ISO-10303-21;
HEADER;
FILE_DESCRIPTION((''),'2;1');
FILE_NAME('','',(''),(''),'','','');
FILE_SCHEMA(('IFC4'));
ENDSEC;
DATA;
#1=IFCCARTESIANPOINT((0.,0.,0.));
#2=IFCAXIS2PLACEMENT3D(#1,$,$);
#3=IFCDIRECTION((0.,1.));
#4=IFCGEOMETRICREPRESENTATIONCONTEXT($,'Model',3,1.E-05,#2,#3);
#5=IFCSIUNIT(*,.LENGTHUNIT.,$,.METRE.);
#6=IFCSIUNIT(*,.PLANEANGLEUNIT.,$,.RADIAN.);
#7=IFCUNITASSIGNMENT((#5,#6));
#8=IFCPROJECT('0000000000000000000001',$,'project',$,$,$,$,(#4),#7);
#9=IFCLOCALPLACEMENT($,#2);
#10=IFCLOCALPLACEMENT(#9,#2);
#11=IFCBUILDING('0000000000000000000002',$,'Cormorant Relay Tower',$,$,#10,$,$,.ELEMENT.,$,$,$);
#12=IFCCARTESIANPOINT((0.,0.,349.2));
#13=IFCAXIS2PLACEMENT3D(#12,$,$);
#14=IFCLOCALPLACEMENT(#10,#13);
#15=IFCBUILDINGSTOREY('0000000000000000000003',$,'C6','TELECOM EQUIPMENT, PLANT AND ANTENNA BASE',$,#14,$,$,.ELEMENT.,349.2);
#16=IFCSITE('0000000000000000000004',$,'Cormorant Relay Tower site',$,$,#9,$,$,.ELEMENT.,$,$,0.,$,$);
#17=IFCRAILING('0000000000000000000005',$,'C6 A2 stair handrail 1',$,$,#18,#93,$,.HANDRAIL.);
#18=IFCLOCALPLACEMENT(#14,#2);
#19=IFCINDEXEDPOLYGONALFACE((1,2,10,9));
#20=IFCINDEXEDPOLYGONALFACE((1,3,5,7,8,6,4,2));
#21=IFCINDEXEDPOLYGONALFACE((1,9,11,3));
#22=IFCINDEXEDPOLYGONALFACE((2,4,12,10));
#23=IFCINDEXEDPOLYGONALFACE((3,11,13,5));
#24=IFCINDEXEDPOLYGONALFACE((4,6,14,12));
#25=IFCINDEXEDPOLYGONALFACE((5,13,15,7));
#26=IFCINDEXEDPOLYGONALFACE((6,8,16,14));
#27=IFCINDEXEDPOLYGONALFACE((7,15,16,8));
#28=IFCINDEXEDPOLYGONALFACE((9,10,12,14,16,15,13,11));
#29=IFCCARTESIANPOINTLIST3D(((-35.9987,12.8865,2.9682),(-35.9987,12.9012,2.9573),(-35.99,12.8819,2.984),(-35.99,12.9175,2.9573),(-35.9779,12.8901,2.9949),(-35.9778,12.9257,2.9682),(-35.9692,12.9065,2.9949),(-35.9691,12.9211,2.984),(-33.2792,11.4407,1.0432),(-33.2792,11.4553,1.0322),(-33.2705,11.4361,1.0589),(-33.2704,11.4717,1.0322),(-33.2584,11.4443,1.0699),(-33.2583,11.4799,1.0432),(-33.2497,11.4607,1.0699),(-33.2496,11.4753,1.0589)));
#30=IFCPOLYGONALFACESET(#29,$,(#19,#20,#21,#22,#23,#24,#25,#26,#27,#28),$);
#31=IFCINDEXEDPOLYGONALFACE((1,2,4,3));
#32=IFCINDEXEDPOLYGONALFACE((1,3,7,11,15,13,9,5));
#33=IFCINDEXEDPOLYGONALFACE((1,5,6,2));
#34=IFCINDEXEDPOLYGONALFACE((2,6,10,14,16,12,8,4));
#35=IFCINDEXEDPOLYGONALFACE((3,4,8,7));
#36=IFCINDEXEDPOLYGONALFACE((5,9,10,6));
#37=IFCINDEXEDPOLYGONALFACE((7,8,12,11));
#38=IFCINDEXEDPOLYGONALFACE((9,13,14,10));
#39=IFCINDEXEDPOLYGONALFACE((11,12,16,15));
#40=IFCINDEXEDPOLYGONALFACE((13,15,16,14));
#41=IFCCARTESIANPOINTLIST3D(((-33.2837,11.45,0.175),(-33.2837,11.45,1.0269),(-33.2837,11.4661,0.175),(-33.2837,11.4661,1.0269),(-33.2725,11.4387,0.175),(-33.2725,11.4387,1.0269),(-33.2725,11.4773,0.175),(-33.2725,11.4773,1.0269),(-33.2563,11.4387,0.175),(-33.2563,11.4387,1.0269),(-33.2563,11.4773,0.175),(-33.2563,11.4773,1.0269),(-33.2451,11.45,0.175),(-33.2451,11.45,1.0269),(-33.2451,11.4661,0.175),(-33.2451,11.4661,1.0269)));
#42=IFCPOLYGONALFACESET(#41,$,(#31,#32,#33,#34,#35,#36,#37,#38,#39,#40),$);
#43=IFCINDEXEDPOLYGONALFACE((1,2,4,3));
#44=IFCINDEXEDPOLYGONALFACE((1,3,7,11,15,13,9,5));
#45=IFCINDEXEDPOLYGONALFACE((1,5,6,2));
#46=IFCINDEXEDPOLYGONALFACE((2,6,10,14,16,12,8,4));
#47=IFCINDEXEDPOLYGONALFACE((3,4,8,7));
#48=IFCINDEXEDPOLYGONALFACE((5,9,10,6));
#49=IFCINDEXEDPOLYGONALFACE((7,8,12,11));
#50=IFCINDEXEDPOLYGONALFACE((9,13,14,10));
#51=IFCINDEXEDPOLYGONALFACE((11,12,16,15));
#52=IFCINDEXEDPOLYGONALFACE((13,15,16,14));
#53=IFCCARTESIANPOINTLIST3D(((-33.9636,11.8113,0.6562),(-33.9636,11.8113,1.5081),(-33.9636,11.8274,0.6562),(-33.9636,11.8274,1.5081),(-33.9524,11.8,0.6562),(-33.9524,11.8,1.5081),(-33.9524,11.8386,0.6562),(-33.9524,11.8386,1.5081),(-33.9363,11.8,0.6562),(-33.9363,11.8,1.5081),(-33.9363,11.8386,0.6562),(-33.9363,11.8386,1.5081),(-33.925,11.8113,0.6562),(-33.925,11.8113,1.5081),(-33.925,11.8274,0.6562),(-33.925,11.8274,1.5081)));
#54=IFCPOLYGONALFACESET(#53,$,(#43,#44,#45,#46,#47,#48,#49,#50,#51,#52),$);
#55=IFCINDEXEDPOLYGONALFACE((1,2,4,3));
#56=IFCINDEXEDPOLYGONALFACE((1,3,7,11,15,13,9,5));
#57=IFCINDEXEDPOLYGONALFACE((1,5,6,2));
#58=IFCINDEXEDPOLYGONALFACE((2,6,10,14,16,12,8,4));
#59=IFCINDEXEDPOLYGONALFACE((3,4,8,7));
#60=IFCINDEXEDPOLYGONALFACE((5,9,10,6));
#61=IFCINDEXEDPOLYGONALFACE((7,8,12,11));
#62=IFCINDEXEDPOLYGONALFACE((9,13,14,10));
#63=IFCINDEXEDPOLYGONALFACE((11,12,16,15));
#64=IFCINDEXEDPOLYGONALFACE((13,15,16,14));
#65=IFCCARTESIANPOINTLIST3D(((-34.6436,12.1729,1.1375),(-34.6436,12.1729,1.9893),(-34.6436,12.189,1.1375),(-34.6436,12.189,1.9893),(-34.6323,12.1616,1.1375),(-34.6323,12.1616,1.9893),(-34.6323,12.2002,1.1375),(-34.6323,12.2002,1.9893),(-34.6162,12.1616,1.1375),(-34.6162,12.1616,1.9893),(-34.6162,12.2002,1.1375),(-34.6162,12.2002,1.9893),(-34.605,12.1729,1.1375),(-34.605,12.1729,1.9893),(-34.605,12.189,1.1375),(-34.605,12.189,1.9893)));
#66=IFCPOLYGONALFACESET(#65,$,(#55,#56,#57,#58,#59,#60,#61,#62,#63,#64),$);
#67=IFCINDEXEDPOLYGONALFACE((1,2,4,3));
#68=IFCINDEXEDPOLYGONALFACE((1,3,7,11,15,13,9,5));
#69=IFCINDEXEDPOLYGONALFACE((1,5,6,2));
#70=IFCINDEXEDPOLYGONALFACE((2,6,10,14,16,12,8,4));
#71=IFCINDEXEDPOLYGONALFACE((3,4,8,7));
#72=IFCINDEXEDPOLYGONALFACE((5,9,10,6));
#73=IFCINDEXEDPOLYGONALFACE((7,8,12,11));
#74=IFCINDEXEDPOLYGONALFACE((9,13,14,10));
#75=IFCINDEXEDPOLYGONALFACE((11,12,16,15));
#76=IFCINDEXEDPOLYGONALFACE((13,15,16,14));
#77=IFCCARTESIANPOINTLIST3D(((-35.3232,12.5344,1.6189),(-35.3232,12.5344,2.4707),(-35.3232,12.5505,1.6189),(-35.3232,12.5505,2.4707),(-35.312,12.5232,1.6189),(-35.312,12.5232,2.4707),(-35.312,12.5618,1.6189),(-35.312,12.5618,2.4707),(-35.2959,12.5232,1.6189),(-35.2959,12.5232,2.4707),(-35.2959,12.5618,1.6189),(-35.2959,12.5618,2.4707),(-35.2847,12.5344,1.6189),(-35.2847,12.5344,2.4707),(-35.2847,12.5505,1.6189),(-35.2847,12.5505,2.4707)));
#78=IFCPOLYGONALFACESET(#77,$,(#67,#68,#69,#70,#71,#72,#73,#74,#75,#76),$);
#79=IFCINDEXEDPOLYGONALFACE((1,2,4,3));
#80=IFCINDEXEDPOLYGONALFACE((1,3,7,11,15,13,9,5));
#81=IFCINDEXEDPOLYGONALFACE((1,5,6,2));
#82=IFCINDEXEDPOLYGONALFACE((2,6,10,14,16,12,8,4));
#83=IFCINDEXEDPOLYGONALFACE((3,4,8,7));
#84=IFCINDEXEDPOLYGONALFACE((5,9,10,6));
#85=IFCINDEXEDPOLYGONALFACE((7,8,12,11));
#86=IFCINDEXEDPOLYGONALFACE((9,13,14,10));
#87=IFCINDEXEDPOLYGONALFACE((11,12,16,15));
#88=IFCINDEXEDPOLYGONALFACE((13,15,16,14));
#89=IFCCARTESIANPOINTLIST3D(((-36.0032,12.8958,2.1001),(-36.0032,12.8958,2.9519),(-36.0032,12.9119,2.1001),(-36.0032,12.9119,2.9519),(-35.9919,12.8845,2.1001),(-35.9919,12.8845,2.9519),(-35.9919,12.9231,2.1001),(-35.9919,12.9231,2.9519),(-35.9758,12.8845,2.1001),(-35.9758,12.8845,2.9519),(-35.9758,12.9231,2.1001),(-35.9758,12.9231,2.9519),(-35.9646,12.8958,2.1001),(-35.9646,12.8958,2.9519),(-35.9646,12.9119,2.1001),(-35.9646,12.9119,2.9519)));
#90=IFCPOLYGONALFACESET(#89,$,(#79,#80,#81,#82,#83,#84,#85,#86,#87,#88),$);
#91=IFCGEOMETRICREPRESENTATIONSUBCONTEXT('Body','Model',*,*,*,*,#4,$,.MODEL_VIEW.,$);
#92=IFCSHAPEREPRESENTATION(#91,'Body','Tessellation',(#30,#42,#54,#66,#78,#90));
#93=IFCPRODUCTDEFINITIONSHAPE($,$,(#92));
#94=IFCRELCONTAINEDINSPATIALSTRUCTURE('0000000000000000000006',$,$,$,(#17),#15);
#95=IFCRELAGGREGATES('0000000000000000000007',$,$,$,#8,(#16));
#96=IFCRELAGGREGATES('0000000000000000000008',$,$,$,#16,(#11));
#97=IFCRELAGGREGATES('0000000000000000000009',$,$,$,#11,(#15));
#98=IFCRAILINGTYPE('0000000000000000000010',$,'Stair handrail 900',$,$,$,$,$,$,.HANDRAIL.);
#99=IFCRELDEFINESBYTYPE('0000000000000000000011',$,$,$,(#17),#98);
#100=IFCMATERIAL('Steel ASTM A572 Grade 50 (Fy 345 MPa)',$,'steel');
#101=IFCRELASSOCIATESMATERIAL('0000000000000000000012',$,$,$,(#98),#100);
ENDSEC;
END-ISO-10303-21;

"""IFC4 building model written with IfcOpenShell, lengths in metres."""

from ifc_helpers import new_model, si_unit, direction, frame, origin, place, context, subcontext, project, spatial, polyline, outline, extrude, material, type_object, element, save


model = new_model("IFC4")

# Units and contexts
model_context = context("Model", 3, precision=1e-05, world=origin(), true_north=direction((0.0, 1.0)))
body_context = subcontext(model_context, "Body", "Model", "MODEL_VIEW")
ifc_project = project(units=[si_unit("LENGTHUNIT", "METRE"), si_unit("PLANEANGLEUNIT", "RADIAN")], contexts=[model_context])

# Site, building, storey
site_placement = place(None, origin())
site = spatial("IfcSite", under=ifc_project, at=site_placement, Name="Cormorant Relay Tower site", CompositionType="ELEMENT", RefElevation=0.0)
building_placement = place(site_placement, origin())
building = spatial("IfcBuilding", under=site, at=building_placement, Name="Cormorant Relay Tower", CompositionType="ELEMENT")
storey_placement = place(building_placement, frame((0.0, 0.0, 349.2)))
storey = spatial("IfcBuildingStorey", under=building, at=storey_placement, Name="C6", Description="TELECOM EQUIPMENT, PLANT AND ANTENNA BASE", CompositionType="ELEMENT", Elevation=349.2)

# Railing
ifc_material_1 = material(Name="Steel ASTM A572 Grade 50 (Fy 345 MPa)", Category="steel")
railing_type_1 = type_object("IfcRailingType", Name="Stair handrail 900", PredefinedType="HANDRAIL", material=ifc_material_1)
railing_1_placement = place(storey_placement, frame((-33.2644, 11.458, 0.175)))
element("IfcRailing", 1, at=railing_1_placement, inside=storey, type_object=railing_type_1, Name="C6 A2 stair handrail 1", PredefinedType="HANDRAIL", context=body_context, shape_type="SweptSolid", body=[
    extrude(outline(polyline([(0.0222, 0.0093), (0.0093, 0.0222), (-0.0093, 0.0222), (-0.0222, 0.0093), (-0.0222, -0.0093), (-0.0093, -0.0222), (0.0093, -0.0222), (0.0222, -0.0093), (0.0222, 0.0093)])), frame((0.0, 0.0, 0.876), z_axis=(-0.748747, 0.398068, 0.530018), x_axis=(-0.469428, -0.882971, 0.0)), (0.0, 0.0, 1.0), 3.6321),
    extrude(outline(polyline([(0.0193, 0.0081), (0.0081, 0.0193), (-0.0081, 0.0193), (-0.0193, 0.0081), (-0.0193, -0.0081), (-0.0081, -0.0193), (0.0081, -0.0193), (0.0193, -0.0081), (0.0193, 0.0081)])), origin(), (0.0, 0.0, 1.0), 0.8518),
    extrude(outline(polyline([(0.0193, 0.0081), (0.0081, 0.0193), (-0.0081, 0.0193), (-0.0193, 0.0081), (-0.0193, -0.0081), (-0.0081, -0.0193), (0.0081, -0.0193), (0.0193, -0.0081), (0.0193, 0.0081)])), frame((-0.6799, 0.3613, 0.4812)), (0.0, 0.0, 1.0), 0.8518),
    extrude(outline(polyline([(0.0193, 0.0081), (0.0081, 0.0193), (-0.0081, 0.0193), (-0.0193, 0.0081), (-0.0193, -0.0081), (-0.0081, -0.0193), (0.0081, -0.0193), (0.0193, -0.0081), (0.0193, 0.0081)])), frame((-1.3599, 0.7229, 0.9624)), (0.0, 0.0, 1.0), 0.8518),
    extrude(outline(polyline([(0.0193, 0.0081), (0.0081, 0.0193), (-0.0081, 0.0193), (-0.0193, 0.0081), (-0.0193, -0.0081), (-0.0081, -0.0193), (0.0081, -0.0193), (0.0193, -0.0081), (0.0193, 0.0081)])), frame((-2.0396, 1.0845, 1.4438)), (0.0, 0.0, 1.0), 0.8518),
    extrude(outline(polyline([(0.0193, 0.0081), (0.0081, 0.0193), (-0.0081, 0.0193), (-0.0193, 0.0081), (-0.0193, -0.0081), (-0.0081, -0.0193), (0.0081, -0.0193), (0.0193, -0.0081), (0.0193, 0.0081)])), frame((-2.7195, 1.4458, 1.925)), (0.0, 0.0, 1.0), 0.8518),
])

save(model, "model.ifc")
